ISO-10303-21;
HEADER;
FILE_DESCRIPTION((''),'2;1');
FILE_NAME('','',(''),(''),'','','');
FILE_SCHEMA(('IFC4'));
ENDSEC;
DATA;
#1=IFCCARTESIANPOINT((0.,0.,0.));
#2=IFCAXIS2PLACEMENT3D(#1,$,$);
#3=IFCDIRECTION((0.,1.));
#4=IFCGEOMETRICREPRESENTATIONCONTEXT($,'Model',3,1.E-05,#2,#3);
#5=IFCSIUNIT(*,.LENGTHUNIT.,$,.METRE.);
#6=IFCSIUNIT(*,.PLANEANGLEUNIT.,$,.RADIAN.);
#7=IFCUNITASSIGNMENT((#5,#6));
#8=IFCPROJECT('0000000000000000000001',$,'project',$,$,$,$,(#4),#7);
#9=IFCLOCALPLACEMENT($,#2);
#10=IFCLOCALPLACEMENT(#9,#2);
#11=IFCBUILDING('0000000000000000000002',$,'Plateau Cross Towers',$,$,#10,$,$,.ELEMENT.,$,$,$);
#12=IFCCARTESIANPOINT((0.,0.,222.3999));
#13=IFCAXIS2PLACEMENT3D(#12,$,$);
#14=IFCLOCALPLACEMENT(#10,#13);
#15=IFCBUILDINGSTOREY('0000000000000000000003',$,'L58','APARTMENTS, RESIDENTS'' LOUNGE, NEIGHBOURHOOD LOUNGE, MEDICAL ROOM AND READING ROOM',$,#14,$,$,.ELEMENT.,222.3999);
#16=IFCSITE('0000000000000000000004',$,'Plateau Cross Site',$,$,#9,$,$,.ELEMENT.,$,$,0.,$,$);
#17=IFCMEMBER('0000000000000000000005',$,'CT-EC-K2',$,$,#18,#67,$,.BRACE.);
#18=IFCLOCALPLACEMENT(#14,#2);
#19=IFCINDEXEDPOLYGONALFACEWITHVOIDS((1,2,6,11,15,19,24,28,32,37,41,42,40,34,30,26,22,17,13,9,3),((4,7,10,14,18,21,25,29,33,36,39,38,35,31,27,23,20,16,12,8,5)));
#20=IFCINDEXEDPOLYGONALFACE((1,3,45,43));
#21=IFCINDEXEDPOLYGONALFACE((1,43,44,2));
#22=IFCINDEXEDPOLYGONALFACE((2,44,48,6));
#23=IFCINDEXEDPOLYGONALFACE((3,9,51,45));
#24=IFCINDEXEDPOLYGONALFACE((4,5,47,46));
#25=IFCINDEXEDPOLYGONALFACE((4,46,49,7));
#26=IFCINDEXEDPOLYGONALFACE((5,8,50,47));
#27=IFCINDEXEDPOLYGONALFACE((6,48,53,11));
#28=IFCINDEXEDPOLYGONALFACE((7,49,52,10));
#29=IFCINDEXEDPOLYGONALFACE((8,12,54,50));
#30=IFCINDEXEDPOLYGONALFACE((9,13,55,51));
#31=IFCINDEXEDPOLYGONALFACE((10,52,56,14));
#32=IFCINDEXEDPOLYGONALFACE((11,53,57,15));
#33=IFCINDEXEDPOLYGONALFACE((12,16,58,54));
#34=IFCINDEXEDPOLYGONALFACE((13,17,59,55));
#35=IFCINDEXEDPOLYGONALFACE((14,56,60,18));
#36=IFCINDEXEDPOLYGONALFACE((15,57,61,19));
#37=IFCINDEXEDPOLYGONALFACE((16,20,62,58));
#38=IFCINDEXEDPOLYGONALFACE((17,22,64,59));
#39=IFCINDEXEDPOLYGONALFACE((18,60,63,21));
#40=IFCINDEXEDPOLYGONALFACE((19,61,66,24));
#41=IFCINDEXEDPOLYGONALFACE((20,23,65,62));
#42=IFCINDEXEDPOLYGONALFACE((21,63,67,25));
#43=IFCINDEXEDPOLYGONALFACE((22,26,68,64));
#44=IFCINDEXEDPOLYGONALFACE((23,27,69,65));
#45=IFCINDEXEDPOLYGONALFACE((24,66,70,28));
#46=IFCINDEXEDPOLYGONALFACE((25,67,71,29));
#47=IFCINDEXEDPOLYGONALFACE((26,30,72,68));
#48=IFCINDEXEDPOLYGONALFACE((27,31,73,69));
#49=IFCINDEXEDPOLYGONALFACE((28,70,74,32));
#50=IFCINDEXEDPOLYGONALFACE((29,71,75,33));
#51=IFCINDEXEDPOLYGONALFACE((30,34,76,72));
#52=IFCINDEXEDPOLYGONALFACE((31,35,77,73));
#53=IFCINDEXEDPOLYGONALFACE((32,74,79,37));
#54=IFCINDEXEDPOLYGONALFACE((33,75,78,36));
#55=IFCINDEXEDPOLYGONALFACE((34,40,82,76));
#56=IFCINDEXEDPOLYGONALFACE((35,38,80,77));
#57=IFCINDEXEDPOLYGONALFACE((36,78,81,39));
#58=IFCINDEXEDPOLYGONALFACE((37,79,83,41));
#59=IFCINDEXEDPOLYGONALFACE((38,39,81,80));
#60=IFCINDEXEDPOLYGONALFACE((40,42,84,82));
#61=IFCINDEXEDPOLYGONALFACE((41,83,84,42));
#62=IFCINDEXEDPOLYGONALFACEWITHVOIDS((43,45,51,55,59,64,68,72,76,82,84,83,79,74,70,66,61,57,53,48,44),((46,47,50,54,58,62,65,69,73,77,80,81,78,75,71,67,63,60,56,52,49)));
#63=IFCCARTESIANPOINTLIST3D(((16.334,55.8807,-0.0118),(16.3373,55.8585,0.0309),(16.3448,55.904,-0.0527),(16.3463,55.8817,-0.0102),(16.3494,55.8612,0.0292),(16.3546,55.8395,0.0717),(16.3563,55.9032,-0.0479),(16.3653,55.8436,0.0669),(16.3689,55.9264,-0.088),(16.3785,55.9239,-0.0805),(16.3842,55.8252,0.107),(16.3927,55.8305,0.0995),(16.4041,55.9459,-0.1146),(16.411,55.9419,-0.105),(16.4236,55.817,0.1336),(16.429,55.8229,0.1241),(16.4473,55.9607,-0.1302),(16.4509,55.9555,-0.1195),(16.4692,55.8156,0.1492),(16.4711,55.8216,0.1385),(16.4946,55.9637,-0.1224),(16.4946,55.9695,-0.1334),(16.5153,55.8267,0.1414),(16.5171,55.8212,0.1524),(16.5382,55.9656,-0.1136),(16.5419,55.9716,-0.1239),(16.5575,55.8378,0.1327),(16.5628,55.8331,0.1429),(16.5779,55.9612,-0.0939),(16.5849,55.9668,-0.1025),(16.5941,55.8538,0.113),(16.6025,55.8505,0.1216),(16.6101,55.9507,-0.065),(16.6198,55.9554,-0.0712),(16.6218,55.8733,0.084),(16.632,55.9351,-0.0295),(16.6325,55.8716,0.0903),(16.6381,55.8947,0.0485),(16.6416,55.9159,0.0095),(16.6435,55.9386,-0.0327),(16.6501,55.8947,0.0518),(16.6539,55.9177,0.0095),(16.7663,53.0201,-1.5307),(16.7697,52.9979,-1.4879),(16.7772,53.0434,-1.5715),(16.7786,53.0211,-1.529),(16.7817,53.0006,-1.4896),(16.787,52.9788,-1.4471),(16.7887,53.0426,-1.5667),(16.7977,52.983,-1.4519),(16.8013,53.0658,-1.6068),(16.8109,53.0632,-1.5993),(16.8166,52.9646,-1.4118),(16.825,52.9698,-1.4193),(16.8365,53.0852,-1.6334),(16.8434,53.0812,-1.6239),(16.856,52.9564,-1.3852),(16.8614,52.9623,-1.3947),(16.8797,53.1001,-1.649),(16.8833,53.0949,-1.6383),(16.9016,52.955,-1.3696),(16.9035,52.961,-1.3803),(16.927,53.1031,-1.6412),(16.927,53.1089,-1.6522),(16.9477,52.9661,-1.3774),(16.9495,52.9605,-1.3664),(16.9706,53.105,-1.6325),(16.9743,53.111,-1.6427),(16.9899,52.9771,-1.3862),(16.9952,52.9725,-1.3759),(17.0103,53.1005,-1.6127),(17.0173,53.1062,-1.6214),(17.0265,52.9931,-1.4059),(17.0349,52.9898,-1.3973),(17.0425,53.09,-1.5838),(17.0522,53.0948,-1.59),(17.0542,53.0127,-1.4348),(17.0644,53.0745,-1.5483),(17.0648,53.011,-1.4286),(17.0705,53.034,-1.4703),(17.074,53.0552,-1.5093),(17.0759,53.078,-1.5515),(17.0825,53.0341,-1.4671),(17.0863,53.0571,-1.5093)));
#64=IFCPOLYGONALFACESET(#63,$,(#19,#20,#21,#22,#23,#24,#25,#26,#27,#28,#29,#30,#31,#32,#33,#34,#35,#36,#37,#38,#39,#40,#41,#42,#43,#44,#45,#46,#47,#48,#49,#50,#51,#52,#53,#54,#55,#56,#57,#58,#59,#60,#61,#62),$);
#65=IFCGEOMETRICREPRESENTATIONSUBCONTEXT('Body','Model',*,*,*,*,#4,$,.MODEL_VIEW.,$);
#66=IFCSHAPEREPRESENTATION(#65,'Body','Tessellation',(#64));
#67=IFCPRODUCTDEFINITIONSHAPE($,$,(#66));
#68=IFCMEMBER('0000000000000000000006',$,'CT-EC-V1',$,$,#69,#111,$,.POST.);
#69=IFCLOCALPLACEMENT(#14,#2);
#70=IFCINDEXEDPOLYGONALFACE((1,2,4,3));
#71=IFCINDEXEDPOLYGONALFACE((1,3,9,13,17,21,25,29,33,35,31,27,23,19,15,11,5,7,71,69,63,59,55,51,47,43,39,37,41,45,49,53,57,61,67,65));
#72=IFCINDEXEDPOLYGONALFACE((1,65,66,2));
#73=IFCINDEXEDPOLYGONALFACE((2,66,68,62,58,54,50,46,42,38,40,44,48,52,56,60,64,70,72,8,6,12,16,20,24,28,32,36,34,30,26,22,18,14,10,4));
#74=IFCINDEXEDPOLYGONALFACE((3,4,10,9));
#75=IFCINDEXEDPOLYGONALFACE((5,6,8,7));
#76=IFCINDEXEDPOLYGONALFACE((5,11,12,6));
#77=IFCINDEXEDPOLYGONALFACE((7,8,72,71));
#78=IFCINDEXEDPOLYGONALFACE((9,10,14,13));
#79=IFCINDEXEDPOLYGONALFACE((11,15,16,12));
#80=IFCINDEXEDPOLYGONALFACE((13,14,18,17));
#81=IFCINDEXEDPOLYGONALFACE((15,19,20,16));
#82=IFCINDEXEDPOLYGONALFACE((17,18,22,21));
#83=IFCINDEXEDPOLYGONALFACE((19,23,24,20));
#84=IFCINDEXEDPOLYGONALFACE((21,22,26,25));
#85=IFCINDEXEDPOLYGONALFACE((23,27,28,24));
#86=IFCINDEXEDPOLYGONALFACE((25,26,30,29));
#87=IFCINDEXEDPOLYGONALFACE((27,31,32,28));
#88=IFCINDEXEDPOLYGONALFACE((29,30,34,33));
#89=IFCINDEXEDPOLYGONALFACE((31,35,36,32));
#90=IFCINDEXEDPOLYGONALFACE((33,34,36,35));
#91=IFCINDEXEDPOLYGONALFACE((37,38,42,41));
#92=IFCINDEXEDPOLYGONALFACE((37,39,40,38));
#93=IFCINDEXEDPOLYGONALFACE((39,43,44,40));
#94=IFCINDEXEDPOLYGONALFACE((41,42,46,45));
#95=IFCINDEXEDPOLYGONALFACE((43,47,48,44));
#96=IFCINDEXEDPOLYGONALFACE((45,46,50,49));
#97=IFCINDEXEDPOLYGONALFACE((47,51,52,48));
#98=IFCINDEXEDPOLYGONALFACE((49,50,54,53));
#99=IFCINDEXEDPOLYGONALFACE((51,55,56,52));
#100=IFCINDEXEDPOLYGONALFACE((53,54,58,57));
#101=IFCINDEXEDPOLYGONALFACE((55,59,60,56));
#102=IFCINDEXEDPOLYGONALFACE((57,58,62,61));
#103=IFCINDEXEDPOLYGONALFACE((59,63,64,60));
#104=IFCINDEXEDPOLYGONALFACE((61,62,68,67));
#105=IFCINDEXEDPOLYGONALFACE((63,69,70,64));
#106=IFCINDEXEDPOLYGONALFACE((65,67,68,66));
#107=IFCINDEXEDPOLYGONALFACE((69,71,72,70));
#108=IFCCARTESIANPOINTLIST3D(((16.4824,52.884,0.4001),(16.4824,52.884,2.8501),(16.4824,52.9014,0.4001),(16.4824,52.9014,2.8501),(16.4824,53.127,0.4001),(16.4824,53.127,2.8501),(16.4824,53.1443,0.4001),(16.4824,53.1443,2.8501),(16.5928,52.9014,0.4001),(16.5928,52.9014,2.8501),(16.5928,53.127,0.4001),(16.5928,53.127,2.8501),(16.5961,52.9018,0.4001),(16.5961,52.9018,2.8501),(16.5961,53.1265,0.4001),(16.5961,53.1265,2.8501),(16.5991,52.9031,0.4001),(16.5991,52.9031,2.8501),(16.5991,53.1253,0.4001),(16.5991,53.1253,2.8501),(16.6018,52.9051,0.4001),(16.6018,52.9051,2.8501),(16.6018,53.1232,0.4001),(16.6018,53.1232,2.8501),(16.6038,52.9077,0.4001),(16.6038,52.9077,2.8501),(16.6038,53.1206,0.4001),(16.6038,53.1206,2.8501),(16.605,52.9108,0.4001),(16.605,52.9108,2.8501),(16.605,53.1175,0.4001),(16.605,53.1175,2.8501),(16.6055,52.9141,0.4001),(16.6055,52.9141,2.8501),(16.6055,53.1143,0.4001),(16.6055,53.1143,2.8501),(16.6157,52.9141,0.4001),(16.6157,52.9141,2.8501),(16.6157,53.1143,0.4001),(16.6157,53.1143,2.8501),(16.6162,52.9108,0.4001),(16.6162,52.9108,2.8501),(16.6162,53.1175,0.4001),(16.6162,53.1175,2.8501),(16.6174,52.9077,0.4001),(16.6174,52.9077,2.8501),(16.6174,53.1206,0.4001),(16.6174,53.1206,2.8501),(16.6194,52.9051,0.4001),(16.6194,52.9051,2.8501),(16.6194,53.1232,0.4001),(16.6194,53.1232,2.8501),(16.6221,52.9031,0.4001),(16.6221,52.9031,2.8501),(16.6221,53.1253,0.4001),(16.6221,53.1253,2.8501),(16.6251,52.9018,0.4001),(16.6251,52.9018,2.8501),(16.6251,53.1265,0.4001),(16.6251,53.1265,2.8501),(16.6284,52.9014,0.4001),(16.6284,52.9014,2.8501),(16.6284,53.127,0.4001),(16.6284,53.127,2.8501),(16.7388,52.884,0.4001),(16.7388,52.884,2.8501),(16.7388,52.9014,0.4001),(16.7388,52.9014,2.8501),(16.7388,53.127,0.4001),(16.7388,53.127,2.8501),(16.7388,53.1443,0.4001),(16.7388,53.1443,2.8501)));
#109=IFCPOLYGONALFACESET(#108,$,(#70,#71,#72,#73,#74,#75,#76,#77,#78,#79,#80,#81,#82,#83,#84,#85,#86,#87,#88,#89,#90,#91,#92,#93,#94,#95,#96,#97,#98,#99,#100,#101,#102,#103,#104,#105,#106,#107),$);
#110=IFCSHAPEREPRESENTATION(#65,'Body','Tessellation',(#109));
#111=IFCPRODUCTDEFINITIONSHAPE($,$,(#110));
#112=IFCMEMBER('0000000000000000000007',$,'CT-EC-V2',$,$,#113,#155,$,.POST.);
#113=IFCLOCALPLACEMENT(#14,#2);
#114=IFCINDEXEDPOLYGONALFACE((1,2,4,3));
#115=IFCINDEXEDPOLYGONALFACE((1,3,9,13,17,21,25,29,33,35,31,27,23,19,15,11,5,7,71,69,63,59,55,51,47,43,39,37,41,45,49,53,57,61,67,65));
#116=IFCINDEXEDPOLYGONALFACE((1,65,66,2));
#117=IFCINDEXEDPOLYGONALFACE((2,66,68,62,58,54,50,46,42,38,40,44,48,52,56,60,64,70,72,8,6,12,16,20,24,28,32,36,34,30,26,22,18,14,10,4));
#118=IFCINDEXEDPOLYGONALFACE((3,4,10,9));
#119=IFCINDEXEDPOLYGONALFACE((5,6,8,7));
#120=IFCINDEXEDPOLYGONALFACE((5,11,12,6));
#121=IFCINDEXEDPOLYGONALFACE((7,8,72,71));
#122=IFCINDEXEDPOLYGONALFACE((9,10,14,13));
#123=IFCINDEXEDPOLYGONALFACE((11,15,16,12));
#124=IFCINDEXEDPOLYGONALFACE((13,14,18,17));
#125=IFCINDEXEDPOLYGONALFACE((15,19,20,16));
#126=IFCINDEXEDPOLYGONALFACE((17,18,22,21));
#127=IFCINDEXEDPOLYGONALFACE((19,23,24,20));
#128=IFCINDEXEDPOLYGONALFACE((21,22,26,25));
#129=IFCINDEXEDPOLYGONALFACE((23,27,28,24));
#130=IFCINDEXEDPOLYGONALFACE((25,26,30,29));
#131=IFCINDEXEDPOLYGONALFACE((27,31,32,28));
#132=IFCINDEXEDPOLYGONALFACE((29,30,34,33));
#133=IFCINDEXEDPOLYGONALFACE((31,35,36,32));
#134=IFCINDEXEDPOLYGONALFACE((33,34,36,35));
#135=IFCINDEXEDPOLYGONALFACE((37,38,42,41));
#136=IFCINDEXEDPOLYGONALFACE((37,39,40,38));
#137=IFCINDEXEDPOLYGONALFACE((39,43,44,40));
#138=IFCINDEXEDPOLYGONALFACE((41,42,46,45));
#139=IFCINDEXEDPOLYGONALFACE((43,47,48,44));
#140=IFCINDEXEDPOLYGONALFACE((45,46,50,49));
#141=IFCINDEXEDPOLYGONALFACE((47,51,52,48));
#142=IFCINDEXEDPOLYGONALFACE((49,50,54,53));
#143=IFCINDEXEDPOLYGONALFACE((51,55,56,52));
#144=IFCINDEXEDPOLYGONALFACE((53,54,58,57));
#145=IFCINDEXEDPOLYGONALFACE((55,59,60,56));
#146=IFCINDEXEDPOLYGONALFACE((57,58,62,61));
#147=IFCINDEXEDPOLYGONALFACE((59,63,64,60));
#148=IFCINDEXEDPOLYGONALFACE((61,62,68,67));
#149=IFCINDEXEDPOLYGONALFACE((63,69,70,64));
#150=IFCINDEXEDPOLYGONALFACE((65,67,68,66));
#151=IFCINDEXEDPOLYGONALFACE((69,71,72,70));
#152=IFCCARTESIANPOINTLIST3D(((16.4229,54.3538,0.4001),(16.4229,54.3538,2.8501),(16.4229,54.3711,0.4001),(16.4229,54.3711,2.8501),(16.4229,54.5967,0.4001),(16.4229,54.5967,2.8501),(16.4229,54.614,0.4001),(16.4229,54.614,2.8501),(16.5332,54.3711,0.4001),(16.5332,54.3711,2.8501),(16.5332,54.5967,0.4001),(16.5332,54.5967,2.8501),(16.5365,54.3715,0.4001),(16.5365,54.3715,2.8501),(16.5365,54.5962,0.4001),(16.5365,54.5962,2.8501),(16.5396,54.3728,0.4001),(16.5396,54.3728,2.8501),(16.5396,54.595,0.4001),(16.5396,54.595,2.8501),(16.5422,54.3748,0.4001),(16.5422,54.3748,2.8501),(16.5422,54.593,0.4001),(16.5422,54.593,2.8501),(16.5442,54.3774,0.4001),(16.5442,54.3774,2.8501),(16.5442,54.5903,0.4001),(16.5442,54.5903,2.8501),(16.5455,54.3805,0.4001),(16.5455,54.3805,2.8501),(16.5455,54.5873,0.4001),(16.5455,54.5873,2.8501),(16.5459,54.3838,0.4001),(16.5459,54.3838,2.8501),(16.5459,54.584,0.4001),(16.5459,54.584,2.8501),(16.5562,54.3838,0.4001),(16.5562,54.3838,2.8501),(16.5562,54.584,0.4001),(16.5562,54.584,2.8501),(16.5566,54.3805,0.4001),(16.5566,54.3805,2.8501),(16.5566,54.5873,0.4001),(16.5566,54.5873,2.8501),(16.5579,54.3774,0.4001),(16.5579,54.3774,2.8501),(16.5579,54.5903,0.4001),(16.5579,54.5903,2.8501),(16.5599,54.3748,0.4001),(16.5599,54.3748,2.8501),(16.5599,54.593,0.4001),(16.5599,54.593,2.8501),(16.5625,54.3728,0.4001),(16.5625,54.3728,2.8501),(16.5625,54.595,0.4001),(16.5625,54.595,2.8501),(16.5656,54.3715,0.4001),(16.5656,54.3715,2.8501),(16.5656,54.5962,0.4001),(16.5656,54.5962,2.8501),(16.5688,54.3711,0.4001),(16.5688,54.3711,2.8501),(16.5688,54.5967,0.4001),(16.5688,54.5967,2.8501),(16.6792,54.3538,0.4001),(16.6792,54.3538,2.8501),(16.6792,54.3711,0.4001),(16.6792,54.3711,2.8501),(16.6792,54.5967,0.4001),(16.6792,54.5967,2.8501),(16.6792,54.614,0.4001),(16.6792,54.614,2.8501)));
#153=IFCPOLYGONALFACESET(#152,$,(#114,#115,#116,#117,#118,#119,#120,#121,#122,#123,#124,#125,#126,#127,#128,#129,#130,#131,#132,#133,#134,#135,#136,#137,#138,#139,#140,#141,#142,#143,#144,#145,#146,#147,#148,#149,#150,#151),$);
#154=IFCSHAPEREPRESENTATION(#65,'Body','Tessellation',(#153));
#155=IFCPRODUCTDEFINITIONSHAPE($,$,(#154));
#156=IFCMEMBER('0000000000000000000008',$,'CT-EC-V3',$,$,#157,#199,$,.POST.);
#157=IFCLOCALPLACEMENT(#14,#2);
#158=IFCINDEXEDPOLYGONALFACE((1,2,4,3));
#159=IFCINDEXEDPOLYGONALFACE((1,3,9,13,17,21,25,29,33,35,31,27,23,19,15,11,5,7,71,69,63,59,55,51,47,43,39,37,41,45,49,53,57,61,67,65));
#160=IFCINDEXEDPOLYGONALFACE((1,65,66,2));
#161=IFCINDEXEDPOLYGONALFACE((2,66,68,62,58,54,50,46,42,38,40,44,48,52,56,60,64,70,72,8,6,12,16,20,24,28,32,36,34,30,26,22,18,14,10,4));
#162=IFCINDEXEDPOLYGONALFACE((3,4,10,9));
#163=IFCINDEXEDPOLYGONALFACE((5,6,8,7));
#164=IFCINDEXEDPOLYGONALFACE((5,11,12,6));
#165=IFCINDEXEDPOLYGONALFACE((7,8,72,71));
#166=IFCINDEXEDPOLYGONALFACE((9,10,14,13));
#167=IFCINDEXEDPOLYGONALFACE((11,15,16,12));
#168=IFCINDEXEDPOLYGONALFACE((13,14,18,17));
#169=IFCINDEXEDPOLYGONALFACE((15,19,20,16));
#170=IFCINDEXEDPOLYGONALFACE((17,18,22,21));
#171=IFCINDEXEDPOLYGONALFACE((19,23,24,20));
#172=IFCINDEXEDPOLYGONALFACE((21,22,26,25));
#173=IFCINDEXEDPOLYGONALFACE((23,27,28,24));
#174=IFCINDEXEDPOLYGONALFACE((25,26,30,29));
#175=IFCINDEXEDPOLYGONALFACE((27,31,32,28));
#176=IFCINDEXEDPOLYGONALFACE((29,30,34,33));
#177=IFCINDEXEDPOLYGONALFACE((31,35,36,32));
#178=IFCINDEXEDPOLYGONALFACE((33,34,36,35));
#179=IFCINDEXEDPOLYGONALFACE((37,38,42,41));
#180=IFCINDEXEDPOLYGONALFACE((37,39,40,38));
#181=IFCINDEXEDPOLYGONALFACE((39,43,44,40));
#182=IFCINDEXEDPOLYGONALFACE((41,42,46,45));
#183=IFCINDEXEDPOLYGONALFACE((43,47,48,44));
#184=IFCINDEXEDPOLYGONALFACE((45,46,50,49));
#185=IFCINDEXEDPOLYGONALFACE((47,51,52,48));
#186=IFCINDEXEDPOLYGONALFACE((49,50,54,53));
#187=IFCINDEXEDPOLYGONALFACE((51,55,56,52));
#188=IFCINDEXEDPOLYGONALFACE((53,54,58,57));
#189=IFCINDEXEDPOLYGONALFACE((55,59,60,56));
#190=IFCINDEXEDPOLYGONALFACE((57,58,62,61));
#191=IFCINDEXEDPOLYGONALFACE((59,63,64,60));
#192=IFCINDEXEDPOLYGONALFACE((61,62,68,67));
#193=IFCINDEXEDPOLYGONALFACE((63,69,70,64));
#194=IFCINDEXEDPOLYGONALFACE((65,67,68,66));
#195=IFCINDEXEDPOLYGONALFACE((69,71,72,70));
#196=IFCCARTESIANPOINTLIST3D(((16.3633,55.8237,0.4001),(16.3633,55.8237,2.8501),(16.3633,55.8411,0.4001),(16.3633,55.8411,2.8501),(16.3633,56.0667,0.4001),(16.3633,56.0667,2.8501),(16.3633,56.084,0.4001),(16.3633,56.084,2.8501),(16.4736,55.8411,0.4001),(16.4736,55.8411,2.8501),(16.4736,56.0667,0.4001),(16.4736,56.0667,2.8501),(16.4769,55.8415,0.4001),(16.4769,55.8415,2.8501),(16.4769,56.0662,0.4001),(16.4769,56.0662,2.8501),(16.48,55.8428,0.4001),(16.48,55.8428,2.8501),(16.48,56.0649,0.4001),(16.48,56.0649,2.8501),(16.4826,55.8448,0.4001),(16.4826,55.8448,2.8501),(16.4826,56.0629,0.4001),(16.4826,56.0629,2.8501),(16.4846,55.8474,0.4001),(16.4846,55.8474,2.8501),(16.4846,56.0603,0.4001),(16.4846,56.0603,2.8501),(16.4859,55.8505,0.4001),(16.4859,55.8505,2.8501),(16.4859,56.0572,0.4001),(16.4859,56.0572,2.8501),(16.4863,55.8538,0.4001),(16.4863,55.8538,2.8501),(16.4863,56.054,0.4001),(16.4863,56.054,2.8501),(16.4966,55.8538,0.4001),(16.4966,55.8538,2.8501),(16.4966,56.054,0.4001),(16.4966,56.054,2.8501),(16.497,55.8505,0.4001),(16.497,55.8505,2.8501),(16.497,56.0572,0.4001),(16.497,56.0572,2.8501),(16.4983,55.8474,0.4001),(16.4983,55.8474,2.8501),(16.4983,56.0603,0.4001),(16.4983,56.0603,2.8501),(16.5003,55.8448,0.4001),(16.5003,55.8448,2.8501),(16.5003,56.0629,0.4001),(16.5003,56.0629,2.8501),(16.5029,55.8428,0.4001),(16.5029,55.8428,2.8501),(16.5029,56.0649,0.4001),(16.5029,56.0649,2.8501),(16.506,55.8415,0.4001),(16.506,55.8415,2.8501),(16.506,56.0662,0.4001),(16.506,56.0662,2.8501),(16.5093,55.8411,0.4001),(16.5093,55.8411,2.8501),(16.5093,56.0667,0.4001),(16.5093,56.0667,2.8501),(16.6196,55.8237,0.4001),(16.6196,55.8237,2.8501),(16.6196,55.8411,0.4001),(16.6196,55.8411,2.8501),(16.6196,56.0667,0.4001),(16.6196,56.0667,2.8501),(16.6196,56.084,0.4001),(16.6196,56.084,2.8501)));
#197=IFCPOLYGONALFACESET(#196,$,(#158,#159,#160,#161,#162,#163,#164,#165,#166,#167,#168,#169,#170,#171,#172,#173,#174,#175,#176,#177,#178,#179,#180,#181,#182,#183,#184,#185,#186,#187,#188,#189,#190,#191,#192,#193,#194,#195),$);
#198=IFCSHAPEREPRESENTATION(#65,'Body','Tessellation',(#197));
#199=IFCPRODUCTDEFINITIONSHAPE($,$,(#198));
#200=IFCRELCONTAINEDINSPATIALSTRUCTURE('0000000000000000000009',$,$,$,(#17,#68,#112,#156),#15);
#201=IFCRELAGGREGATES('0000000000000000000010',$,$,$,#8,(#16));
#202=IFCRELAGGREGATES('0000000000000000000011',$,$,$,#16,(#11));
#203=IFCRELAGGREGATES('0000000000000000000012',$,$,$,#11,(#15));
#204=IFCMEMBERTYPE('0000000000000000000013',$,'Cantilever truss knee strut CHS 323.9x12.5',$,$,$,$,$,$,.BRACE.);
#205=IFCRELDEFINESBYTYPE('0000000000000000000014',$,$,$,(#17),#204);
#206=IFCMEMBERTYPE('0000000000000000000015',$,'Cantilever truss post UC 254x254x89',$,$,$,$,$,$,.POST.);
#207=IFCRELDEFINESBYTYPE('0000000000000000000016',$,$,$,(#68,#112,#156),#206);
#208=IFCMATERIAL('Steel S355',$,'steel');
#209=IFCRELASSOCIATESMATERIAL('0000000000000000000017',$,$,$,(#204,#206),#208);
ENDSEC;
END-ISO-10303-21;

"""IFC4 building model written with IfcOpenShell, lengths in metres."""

from ifc_helpers import new_model, si_unit, direction, frame, origin, origin_2d, place, context, subcontext, project, spatial, hollow_circle, i_section, extrude, material, material_profile, profile_set, type_object, element, save


model = new_model("IFC4")

# Units and contexts
model_context = context("Model", 3, precision=1e-05, world=origin(), true_north=direction((0.0, 1.0)))
body_context = subcontext(model_context, "Body", "Model", "MODEL_VIEW")
ifc_project = project(units=[si_unit("LENGTHUNIT", "METRE"), si_unit("PLANEANGLEUNIT", "RADIAN")], contexts=[model_context])

# Site, building, storey
site_placement = place(None, origin())
site = spatial("IfcSite", under=ifc_project, at=site_placement, Name="Plateau Cross Site", CompositionType="ELEMENT", RefElevation=0.0)
building_placement = place(site_placement, origin())
building = spatial("IfcBuilding", under=site, at=building_placement, Name="Plateau Cross Towers", CompositionType="ELEMENT")
storey_placement = place(building_placement, frame((0.0, 0.0, 222.3999)))
storey = spatial("IfcBuildingStorey", under=building, at=storey_placement, Name="L58", Description="APARTMENTS, RESIDENTS' LOUNGE, NEIGHBOURHOOD LOUNGE, MEDICAL ROOM AND READING ROOM", CompositionType="ELEMENT", Elevation=222.3999)

# Members
ifc_material_1 = material(Name="Steel S355", Category="steel")
ifc_material_profile_1 = material_profile(ifc_material_1, hollow_circle(Radius=0.1619, WallThickness=0.0125, at=origin_2d()), Name="CHS 323.9x12.5")
ifc_profile_set_1 = profile_set([ifc_material_profile_1], Name="Steel S355")
member_type_1 = type_object("IfcMemberType", Name="Cantilever truss knee strut CHS 323.9x12.5", PredefinedType="BRACE", material=ifc_profile_set_1)
member_1_placement = place(storey_placement, frame((16.4939, 55.8936, 0.0095), z_axis=(0.132324, -0.875463, -0.464817), x_axis=(0.988769, 0.14945, 0.0)))
element("IfcMember", 1, at=member_1_placement, inside=storey, type_object=member_type_1, Name="CT-EC-K2", PredefinedType="BRACE", context=body_context, shape_type="SweptSolid", body=[
    extrude(hollow_circle(Radius=0.1619, WallThickness=0.0125, at=origin_2d()), origin(), (0.0, 0.0, 1.0), 3.2676),
])
ifc_material_profile_2 = material_profile(ifc_material_1, i_section(OverallWidth=0.2563, OverallDepth=0.2603, WebThickness=0.0103, FlangeThickness=0.0173, FilletRadius=0.0127, at=origin_2d()), Name="UC 254x254x89")
ifc_profile_set_2 = profile_set([ifc_material_profile_2], Name="Steel S355")
member_type_2 = type_object("IfcMemberType", Name="Cantilever truss post UC 254x254x89", PredefinedType="POST", material=ifc_profile_set_2)
for number, where, z_axis, x_axis, name in (
    (2, (16.6106, 53.0142, 0.4001), (0.0, 0.0, 1.0), (1.0, 0.0, 0.0), "CT-EC-V1"),
    (3, (16.551, 54.4839, 0.4001), (0.0, 0.0, 1.0), (1.0, 0.0, 0.0), "CT-EC-V2"),
    (4, (16.4915, 55.9539, 0.4001), (0.0, 0.0, 1.0), (1.0, 0.0, 0.0), "CT-EC-V3"),
):
    element("IfcMember", number, at=place(storey_placement, frame(where, z_axis=z_axis, x_axis=x_axis)), inside=storey, type_object=member_type_2, Name=name, PredefinedType="POST", context=body_context, shape_type="SweptSolid", body=[
        extrude(i_section(OverallWidth=0.2563, OverallDepth=0.2603, WebThickness=0.0103, FlangeThickness=0.0173, FilletRadius=0.0127, at=origin_2d()), origin(), (0.0, 0.0, 1.0), 2.45),
    ])

save(model, "model.ifc")
